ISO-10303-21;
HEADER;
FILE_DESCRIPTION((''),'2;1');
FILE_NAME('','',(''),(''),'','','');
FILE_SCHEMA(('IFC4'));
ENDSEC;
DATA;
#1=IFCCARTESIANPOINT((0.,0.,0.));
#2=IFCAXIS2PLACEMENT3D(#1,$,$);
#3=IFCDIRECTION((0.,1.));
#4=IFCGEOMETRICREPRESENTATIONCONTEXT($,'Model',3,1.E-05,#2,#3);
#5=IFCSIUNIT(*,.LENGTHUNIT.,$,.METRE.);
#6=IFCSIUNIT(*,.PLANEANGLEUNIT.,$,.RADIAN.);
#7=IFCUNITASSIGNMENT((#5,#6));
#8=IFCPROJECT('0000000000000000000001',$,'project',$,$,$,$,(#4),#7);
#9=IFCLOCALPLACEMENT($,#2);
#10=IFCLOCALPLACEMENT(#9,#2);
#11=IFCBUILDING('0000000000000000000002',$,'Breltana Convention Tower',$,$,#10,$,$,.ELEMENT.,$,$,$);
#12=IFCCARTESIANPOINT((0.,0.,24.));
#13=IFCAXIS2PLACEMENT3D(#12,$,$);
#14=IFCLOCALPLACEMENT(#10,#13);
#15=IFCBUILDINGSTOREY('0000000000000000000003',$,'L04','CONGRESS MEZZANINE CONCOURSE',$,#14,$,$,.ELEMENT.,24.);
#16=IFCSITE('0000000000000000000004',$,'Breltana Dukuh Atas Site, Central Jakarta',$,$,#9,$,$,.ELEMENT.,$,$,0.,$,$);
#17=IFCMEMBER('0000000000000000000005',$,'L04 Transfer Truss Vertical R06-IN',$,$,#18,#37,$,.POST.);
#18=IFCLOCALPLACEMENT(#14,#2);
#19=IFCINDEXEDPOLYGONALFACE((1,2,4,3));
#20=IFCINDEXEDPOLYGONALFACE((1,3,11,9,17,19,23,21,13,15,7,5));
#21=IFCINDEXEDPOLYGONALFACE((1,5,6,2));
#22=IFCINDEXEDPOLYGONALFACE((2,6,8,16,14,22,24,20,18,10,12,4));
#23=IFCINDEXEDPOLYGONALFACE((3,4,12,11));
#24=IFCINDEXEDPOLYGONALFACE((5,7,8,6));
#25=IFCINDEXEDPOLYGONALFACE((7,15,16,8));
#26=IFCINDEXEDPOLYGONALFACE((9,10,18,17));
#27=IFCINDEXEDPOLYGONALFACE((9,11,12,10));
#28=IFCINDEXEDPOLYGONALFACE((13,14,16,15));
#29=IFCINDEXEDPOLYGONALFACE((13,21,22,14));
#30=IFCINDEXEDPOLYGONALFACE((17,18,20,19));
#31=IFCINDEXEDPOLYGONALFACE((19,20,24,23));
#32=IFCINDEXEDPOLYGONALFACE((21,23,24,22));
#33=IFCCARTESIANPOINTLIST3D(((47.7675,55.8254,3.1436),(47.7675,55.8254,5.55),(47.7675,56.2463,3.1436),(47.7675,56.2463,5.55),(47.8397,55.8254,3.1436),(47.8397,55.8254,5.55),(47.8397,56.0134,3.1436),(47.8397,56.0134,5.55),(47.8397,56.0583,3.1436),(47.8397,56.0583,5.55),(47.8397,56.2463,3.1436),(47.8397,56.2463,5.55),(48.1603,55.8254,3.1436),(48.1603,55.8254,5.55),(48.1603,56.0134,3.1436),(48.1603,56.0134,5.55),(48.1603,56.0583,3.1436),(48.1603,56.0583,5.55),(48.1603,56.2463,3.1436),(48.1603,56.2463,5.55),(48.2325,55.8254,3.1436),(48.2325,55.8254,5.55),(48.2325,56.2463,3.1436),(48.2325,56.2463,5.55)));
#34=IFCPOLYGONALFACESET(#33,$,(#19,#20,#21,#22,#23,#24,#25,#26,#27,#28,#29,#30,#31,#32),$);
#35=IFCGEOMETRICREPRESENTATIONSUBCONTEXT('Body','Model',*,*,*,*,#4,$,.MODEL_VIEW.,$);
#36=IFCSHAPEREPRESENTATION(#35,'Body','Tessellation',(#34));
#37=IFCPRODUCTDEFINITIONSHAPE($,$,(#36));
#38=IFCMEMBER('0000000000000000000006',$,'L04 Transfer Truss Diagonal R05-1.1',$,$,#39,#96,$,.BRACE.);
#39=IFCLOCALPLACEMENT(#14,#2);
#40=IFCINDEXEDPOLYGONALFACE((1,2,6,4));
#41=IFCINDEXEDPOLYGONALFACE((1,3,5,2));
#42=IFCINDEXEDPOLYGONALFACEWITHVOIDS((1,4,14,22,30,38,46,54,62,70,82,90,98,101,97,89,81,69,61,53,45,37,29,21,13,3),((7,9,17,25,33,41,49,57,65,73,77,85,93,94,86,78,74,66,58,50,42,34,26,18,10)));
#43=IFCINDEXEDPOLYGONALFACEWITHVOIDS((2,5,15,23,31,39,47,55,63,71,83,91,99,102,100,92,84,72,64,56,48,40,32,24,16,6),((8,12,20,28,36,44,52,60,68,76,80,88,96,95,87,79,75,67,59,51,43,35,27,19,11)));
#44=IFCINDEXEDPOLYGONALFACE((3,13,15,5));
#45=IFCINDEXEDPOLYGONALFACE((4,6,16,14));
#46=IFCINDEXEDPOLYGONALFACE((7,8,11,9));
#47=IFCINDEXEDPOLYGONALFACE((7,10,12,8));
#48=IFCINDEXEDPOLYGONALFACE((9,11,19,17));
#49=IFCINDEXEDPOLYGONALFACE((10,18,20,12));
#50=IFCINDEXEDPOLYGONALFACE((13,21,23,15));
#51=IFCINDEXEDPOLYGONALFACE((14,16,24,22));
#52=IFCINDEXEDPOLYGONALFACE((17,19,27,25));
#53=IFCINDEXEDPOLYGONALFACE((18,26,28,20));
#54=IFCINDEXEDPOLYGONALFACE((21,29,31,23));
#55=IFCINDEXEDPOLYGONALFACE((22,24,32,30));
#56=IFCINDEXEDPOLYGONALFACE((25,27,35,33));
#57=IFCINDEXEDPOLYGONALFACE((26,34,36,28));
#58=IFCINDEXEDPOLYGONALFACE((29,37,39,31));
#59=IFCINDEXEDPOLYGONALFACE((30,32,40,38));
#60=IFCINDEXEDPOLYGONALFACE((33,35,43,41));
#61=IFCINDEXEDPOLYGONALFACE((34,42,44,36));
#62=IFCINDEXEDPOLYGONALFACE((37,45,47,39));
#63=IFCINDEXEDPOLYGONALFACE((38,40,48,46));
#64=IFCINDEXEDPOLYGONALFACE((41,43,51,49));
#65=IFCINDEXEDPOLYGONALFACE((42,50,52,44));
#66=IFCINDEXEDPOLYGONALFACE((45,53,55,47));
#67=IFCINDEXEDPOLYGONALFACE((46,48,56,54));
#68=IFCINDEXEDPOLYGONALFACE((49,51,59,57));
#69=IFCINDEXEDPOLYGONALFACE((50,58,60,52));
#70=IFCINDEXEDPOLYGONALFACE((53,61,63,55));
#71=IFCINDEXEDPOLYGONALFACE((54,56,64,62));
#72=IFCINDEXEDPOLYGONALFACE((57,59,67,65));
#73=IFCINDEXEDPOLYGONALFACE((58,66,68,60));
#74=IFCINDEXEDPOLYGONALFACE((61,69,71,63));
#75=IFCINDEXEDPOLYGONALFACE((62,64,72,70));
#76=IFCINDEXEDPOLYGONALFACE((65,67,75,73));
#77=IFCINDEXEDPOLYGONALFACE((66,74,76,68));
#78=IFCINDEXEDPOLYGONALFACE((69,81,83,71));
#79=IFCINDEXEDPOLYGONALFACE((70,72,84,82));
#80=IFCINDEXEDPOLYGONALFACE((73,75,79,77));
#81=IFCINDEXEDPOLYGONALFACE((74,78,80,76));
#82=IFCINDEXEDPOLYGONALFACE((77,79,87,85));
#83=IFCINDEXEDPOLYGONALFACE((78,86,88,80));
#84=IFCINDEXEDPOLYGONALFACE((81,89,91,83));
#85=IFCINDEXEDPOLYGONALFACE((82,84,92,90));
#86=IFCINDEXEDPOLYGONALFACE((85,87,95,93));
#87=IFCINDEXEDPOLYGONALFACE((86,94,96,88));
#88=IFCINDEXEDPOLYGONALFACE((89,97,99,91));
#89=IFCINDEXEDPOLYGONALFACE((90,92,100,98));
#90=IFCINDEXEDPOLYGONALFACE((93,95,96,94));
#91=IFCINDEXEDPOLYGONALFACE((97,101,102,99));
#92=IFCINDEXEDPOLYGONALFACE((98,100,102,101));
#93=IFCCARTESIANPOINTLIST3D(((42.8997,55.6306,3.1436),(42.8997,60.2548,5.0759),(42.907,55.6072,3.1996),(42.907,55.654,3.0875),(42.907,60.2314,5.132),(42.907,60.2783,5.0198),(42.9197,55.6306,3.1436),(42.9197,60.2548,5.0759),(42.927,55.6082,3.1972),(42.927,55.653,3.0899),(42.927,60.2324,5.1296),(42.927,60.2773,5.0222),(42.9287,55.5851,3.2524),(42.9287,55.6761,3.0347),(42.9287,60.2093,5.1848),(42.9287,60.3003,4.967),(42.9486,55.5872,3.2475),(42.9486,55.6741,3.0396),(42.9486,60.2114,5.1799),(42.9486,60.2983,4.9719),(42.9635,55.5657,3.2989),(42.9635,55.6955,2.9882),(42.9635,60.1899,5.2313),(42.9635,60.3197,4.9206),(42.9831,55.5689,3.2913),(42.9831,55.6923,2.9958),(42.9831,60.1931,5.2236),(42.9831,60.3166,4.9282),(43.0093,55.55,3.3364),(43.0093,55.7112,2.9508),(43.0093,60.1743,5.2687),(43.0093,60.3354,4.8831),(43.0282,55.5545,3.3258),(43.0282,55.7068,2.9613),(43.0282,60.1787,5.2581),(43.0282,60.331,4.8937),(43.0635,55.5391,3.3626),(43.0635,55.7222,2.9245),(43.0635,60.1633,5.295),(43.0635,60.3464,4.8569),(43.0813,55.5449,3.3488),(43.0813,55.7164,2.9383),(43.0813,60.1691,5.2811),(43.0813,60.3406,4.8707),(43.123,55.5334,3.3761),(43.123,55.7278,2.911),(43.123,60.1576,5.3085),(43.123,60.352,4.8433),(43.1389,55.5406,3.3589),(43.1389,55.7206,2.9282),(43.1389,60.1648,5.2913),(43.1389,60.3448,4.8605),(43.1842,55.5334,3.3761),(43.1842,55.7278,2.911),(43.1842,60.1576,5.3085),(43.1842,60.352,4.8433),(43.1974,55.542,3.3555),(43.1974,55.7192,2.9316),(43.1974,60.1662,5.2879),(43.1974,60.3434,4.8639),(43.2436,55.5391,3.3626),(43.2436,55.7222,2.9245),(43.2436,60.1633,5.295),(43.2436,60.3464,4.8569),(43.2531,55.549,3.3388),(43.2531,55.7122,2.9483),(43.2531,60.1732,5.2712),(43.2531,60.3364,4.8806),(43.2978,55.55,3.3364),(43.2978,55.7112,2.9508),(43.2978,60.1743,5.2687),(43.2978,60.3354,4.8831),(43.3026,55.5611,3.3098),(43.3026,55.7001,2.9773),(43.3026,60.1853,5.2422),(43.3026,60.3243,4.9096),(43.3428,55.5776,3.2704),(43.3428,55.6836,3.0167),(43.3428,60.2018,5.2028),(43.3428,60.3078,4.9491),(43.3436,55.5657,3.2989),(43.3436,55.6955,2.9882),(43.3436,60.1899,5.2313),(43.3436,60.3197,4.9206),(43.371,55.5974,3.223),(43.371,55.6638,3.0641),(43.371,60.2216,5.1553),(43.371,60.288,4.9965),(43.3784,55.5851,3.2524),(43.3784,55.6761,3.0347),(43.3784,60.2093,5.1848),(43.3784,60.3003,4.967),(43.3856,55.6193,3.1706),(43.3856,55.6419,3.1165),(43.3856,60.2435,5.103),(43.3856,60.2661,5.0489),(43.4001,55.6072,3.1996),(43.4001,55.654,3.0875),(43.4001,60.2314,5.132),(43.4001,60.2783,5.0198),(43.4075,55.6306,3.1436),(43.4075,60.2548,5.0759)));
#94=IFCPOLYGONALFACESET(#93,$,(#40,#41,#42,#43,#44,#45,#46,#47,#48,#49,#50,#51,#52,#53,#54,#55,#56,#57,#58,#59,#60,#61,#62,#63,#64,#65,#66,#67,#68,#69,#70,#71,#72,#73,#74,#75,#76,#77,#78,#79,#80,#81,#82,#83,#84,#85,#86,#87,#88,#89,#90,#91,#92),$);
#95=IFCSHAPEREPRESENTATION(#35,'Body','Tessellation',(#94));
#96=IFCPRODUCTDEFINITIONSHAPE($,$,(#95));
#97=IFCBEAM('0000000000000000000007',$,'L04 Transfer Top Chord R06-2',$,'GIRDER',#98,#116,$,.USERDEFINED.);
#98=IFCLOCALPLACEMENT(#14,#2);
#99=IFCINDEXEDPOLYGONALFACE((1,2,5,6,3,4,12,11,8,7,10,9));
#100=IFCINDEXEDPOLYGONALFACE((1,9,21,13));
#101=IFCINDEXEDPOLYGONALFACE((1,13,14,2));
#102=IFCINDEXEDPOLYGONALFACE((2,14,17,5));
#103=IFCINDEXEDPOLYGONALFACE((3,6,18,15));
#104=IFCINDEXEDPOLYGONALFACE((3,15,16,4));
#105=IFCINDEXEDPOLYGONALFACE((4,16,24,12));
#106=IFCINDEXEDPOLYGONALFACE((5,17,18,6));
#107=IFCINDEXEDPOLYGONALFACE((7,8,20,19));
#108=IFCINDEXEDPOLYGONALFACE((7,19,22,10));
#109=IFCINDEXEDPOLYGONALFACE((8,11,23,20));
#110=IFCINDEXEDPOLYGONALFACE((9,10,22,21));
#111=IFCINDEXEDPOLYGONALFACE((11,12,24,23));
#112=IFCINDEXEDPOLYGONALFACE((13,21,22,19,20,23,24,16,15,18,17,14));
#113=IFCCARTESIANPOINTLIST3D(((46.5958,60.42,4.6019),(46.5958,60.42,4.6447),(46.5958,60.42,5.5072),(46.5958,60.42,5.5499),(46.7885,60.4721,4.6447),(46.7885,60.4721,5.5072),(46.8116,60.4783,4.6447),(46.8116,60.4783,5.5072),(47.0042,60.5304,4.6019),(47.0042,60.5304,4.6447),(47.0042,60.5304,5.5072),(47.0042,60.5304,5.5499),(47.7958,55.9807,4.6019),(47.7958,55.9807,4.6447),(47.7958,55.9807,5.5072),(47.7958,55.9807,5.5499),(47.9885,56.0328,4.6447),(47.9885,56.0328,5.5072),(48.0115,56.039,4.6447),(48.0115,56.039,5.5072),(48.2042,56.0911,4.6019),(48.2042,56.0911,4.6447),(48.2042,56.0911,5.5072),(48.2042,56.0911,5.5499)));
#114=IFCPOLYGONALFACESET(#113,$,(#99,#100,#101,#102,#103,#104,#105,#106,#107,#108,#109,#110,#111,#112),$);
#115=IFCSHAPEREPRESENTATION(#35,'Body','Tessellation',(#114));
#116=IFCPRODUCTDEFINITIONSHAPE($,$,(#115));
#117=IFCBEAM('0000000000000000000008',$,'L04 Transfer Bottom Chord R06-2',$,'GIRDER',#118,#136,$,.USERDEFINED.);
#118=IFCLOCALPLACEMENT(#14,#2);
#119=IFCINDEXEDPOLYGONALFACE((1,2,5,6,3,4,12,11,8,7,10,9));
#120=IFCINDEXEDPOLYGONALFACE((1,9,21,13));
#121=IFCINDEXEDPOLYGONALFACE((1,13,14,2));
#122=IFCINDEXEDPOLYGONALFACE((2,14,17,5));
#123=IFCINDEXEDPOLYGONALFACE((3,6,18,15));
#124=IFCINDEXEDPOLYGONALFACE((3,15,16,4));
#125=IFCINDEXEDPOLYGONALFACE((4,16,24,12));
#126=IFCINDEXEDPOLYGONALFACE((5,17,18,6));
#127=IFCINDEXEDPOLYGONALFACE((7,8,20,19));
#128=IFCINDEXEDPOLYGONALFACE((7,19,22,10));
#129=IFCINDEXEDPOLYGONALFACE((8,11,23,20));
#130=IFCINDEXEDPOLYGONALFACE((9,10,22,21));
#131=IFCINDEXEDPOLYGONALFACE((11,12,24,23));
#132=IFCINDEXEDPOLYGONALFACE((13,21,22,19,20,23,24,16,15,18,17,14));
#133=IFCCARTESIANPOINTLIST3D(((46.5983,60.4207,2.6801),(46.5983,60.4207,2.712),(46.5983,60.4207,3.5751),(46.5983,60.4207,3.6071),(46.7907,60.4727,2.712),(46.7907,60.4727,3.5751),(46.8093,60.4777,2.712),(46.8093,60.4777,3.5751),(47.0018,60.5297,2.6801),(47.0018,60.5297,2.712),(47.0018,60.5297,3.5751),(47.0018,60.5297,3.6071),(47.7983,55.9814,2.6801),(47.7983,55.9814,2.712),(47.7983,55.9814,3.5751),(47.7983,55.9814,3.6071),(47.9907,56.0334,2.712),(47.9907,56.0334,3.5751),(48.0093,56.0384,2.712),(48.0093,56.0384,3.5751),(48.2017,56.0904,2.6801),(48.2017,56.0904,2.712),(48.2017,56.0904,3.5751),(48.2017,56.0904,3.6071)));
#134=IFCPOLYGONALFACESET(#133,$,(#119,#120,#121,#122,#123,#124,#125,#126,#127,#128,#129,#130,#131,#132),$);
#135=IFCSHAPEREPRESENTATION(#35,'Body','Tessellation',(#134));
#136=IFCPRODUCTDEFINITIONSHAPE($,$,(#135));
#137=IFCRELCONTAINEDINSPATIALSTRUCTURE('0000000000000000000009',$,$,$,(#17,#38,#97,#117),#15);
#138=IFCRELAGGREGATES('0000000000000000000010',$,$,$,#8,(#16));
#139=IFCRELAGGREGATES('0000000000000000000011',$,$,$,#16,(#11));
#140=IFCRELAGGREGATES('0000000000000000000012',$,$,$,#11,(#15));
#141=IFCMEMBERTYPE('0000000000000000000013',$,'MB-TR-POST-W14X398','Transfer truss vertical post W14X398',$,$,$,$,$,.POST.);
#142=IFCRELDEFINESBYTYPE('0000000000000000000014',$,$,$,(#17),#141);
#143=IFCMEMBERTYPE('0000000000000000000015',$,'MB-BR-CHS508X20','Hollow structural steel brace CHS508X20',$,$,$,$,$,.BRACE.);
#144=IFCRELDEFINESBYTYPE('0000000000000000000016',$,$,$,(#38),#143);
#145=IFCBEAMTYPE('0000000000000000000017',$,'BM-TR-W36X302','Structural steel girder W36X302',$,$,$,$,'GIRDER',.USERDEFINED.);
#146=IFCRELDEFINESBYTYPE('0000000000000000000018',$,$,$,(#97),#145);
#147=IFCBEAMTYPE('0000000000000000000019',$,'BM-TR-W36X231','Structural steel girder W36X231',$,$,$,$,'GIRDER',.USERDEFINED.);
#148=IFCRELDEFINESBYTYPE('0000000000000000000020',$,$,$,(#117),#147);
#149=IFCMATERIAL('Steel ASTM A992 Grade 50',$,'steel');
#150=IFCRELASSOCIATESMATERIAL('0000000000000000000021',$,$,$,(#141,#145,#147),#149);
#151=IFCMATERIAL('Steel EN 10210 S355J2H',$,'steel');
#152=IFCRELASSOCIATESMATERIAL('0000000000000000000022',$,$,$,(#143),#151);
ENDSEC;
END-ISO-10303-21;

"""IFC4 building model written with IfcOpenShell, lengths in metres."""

from ifc_helpers import new_model, si_unit, direction, frame, origin, origin_2d, place, context, subcontext, project, spatial, hollow_circle, i_section, extrude, source, transform, mapped, material, material_profile, profile_set, type_object, type_shapes, element, save


model = new_model("IFC4")

# Units and contexts
model_context = context("Model", 3, precision=1e-05, world=origin(), true_north=direction((0.0, 1.0)))
body_context = subcontext(model_context, "Body", "Model", "MODEL_VIEW")
ifc_project = project(units=[si_unit("LENGTHUNIT", "METRE"), si_unit("PLANEANGLEUNIT", "RADIAN")], contexts=[model_context])

# Site, building, storey
site_placement = place(None, origin())
site = spatial("IfcSite", under=ifc_project, at=site_placement, Name="Breltana Dukuh Atas Site, Central Jakarta", CompositionType="ELEMENT", RefElevation=0.0)
building_placement = place(site_placement, origin())
building = spatial("IfcBuilding", under=site, at=building_placement, Name="Breltana Convention Tower", CompositionType="ELEMENT")
storey_placement = place(building_placement, frame((0.0, 0.0, 24.0)))
storey = spatial("IfcBuildingStorey", under=building, at=storey_placement, Name="L04", Description="CONGRESS MEZZANINE CONCOURSE", CompositionType="ELEMENT", Elevation=24.0)

# Members
ifc_material_1 = material(Name="Steel ASTM A992 Grade 50", Category="steel")
ifc_material_profile_1 = material_profile(ifc_material_1, i_section(OverallWidth=0.4209, OverallDepth=0.4651, WebThickness=0.0449, FlangeThickness=0.0723, at=origin_2d()), Name="W14X398")
ifc_profile_set_1 = profile_set([ifc_material_profile_1], Name="Steel ASTM A992 Grade 50")
member_type_1 = type_object("IfcMemberType", Name="MB-TR-POST-W14X398", Description="Transfer truss vertical post W14X398", PredefinedType="POST", material=ifc_profile_set_1)
shared_shape_1 = source(origin(), body_context, "Body", "SweptSolid", [
    extrude(i_section(OverallWidth=0.4209, OverallDepth=0.4651, WebThickness=0.0449, FlangeThickness=0.0723, at=origin_2d()), origin(), (0.0, 0.0, 1.0), 2.4065),
])
type_shapes(member_type_1, [shared_shape_1])
member_1_placement = place(storey_placement, frame((48.0, 56.0359, 3.1436), z_axis=(0.0, 0.0, 1.0), x_axis=(0.0, 1.0, 0.0)))
element("IfcMember", 1, at=member_1_placement, inside=storey, type_object=member_type_1, Name="L04 Transfer Truss Vertical R06-IN", PredefinedType="POST", context=body_context, shape_type="MappedRepresentation", body=[
    mapped(shared_shape_1, transform((0.0, 0.0, 0.0), scale=1.0)),
])
ifc_material_2 = material(Name="Steel EN 10210 S355J2H", Category="steel")
ifc_material_profile_2 = material_profile(ifc_material_2, hollow_circle(Radius=0.2539, WallThickness=0.02, at=origin_2d()), Name="CHS508X20")
ifc_profile_set_2 = profile_set([ifc_material_profile_2], Name="Steel EN 10210 S355J2H")
member_type_2 = type_object("IfcMemberType", Name="MB-BR-CHS508X20", Description="Hollow structural steel brace CHS508X20", PredefinedType="BRACE", material=ifc_profile_set_2)
shared_shape_2 = source(origin(), body_context, "Body", "SweptSolid", [
    extrude(hollow_circle(Radius=0.2539, WallThickness=0.02, at=origin_2d()), origin(), (0.0, 0.0, 1.0), 5.0117),
])
member_2_placement = place(storey_placement, frame((43.1536, 55.6306, 3.1436), z_axis=(0.0, 0.92268, 0.385566), x_axis=(-1.0, 0.0, 0.0)))
element("IfcMember", 2, at=member_2_placement, inside=storey, type_object=member_type_2, Name="L04 Transfer Truss Diagonal R05-1.1", PredefinedType="BRACE", context=body_context, shape_type="MappedRepresentation", body=[
    mapped(shared_shape_2, transform((0.0, 0.0, 0.0), scale=1.0)),
])

# Beams
ifc_material_profile_3 = material_profile(ifc_material_1, i_section(OverallWidth=0.4231, OverallDepth=0.948, WebThickness=0.0239, FlangeThickness=0.0427, at=origin_2d()), Name="W36X302")
ifc_profile_set_3 = profile_set([ifc_material_profile_3], Name="Steel ASTM A992 Grade 50")
beam_type_1 = type_object("IfcBeamType", Name="BM-TR-W36X302", Description="Structural steel girder W36X302", ElementType="GIRDER", PredefinedType="USERDEFINED", material=ifc_profile_set_3)
shared_shape_3 = source(origin(), body_context, "Body", "SweptSolid", [
    extrude(i_section(OverallWidth=0.4231, OverallDepth=0.948, WebThickness=0.0239, FlangeThickness=0.0427, at=origin_2d()), origin(), (0.0, 0.0, 1.0), 4.5986),
])
beam_1_placement = place(storey_placement, frame((48.0, 56.0359, 5.0759), z_axis=(-0.260942, 0.965354, 0.0), x_axis=(-0.965354, -0.260942, 0.0)))
element("IfcBeam", 3, at=beam_1_placement, inside=storey, type_object=beam_type_1, Name="L04 Transfer Top Chord R06-2", ObjectType="GIRDER", PredefinedType="USERDEFINED", context=body_context, shape_type="MappedRepresentation", body=[
    mapped(shared_shape_3, transform((0.0, 0.0, 0.0), scale=1.0)),
])
ifc_material_profile_4 = material_profile(ifc_material_1, i_section(OverallWidth=0.418, OverallDepth=0.927, WebThickness=0.0193, FlangeThickness=0.032, at=origin_2d()), Name="W36X231")
ifc_profile_set_4 = profile_set([ifc_material_profile_4], Name="Steel ASTM A992 Grade 50")
beam_type_2 = type_object("IfcBeamType", Name="BM-TR-W36X231", Description="Structural steel girder W36X231", ElementType="GIRDER", PredefinedType="USERDEFINED", material=ifc_profile_set_4)
shared_shape_4 = source(origin(), body_context, "Body", "SweptSolid", [
    extrude(i_section(OverallWidth=0.418, OverallDepth=0.927, WebThickness=0.0193, FlangeThickness=0.032, at=origin_2d()), origin(), (0.0, 0.0, 1.0), 4.5986),
])
beam_2_placement = place(storey_placement, frame((48.0, 56.0359, 3.1436), z_axis=(-0.260942, 0.965354, 0.0), x_axis=(-0.965354, -0.260942, 0.0)))
element("IfcBeam", 4, at=beam_2_placement, inside=storey, type_object=beam_type_2, Name="L04 Transfer Bottom Chord R06-2", ObjectType="GIRDER", PredefinedType="USERDEFINED", context=body_context, shape_type="MappedRepresentation", body=[
    mapped(shared_shape_4, transform((0.0, 0.0, 0.0), scale=1.0)),
])

save(model, "model.ifc")
